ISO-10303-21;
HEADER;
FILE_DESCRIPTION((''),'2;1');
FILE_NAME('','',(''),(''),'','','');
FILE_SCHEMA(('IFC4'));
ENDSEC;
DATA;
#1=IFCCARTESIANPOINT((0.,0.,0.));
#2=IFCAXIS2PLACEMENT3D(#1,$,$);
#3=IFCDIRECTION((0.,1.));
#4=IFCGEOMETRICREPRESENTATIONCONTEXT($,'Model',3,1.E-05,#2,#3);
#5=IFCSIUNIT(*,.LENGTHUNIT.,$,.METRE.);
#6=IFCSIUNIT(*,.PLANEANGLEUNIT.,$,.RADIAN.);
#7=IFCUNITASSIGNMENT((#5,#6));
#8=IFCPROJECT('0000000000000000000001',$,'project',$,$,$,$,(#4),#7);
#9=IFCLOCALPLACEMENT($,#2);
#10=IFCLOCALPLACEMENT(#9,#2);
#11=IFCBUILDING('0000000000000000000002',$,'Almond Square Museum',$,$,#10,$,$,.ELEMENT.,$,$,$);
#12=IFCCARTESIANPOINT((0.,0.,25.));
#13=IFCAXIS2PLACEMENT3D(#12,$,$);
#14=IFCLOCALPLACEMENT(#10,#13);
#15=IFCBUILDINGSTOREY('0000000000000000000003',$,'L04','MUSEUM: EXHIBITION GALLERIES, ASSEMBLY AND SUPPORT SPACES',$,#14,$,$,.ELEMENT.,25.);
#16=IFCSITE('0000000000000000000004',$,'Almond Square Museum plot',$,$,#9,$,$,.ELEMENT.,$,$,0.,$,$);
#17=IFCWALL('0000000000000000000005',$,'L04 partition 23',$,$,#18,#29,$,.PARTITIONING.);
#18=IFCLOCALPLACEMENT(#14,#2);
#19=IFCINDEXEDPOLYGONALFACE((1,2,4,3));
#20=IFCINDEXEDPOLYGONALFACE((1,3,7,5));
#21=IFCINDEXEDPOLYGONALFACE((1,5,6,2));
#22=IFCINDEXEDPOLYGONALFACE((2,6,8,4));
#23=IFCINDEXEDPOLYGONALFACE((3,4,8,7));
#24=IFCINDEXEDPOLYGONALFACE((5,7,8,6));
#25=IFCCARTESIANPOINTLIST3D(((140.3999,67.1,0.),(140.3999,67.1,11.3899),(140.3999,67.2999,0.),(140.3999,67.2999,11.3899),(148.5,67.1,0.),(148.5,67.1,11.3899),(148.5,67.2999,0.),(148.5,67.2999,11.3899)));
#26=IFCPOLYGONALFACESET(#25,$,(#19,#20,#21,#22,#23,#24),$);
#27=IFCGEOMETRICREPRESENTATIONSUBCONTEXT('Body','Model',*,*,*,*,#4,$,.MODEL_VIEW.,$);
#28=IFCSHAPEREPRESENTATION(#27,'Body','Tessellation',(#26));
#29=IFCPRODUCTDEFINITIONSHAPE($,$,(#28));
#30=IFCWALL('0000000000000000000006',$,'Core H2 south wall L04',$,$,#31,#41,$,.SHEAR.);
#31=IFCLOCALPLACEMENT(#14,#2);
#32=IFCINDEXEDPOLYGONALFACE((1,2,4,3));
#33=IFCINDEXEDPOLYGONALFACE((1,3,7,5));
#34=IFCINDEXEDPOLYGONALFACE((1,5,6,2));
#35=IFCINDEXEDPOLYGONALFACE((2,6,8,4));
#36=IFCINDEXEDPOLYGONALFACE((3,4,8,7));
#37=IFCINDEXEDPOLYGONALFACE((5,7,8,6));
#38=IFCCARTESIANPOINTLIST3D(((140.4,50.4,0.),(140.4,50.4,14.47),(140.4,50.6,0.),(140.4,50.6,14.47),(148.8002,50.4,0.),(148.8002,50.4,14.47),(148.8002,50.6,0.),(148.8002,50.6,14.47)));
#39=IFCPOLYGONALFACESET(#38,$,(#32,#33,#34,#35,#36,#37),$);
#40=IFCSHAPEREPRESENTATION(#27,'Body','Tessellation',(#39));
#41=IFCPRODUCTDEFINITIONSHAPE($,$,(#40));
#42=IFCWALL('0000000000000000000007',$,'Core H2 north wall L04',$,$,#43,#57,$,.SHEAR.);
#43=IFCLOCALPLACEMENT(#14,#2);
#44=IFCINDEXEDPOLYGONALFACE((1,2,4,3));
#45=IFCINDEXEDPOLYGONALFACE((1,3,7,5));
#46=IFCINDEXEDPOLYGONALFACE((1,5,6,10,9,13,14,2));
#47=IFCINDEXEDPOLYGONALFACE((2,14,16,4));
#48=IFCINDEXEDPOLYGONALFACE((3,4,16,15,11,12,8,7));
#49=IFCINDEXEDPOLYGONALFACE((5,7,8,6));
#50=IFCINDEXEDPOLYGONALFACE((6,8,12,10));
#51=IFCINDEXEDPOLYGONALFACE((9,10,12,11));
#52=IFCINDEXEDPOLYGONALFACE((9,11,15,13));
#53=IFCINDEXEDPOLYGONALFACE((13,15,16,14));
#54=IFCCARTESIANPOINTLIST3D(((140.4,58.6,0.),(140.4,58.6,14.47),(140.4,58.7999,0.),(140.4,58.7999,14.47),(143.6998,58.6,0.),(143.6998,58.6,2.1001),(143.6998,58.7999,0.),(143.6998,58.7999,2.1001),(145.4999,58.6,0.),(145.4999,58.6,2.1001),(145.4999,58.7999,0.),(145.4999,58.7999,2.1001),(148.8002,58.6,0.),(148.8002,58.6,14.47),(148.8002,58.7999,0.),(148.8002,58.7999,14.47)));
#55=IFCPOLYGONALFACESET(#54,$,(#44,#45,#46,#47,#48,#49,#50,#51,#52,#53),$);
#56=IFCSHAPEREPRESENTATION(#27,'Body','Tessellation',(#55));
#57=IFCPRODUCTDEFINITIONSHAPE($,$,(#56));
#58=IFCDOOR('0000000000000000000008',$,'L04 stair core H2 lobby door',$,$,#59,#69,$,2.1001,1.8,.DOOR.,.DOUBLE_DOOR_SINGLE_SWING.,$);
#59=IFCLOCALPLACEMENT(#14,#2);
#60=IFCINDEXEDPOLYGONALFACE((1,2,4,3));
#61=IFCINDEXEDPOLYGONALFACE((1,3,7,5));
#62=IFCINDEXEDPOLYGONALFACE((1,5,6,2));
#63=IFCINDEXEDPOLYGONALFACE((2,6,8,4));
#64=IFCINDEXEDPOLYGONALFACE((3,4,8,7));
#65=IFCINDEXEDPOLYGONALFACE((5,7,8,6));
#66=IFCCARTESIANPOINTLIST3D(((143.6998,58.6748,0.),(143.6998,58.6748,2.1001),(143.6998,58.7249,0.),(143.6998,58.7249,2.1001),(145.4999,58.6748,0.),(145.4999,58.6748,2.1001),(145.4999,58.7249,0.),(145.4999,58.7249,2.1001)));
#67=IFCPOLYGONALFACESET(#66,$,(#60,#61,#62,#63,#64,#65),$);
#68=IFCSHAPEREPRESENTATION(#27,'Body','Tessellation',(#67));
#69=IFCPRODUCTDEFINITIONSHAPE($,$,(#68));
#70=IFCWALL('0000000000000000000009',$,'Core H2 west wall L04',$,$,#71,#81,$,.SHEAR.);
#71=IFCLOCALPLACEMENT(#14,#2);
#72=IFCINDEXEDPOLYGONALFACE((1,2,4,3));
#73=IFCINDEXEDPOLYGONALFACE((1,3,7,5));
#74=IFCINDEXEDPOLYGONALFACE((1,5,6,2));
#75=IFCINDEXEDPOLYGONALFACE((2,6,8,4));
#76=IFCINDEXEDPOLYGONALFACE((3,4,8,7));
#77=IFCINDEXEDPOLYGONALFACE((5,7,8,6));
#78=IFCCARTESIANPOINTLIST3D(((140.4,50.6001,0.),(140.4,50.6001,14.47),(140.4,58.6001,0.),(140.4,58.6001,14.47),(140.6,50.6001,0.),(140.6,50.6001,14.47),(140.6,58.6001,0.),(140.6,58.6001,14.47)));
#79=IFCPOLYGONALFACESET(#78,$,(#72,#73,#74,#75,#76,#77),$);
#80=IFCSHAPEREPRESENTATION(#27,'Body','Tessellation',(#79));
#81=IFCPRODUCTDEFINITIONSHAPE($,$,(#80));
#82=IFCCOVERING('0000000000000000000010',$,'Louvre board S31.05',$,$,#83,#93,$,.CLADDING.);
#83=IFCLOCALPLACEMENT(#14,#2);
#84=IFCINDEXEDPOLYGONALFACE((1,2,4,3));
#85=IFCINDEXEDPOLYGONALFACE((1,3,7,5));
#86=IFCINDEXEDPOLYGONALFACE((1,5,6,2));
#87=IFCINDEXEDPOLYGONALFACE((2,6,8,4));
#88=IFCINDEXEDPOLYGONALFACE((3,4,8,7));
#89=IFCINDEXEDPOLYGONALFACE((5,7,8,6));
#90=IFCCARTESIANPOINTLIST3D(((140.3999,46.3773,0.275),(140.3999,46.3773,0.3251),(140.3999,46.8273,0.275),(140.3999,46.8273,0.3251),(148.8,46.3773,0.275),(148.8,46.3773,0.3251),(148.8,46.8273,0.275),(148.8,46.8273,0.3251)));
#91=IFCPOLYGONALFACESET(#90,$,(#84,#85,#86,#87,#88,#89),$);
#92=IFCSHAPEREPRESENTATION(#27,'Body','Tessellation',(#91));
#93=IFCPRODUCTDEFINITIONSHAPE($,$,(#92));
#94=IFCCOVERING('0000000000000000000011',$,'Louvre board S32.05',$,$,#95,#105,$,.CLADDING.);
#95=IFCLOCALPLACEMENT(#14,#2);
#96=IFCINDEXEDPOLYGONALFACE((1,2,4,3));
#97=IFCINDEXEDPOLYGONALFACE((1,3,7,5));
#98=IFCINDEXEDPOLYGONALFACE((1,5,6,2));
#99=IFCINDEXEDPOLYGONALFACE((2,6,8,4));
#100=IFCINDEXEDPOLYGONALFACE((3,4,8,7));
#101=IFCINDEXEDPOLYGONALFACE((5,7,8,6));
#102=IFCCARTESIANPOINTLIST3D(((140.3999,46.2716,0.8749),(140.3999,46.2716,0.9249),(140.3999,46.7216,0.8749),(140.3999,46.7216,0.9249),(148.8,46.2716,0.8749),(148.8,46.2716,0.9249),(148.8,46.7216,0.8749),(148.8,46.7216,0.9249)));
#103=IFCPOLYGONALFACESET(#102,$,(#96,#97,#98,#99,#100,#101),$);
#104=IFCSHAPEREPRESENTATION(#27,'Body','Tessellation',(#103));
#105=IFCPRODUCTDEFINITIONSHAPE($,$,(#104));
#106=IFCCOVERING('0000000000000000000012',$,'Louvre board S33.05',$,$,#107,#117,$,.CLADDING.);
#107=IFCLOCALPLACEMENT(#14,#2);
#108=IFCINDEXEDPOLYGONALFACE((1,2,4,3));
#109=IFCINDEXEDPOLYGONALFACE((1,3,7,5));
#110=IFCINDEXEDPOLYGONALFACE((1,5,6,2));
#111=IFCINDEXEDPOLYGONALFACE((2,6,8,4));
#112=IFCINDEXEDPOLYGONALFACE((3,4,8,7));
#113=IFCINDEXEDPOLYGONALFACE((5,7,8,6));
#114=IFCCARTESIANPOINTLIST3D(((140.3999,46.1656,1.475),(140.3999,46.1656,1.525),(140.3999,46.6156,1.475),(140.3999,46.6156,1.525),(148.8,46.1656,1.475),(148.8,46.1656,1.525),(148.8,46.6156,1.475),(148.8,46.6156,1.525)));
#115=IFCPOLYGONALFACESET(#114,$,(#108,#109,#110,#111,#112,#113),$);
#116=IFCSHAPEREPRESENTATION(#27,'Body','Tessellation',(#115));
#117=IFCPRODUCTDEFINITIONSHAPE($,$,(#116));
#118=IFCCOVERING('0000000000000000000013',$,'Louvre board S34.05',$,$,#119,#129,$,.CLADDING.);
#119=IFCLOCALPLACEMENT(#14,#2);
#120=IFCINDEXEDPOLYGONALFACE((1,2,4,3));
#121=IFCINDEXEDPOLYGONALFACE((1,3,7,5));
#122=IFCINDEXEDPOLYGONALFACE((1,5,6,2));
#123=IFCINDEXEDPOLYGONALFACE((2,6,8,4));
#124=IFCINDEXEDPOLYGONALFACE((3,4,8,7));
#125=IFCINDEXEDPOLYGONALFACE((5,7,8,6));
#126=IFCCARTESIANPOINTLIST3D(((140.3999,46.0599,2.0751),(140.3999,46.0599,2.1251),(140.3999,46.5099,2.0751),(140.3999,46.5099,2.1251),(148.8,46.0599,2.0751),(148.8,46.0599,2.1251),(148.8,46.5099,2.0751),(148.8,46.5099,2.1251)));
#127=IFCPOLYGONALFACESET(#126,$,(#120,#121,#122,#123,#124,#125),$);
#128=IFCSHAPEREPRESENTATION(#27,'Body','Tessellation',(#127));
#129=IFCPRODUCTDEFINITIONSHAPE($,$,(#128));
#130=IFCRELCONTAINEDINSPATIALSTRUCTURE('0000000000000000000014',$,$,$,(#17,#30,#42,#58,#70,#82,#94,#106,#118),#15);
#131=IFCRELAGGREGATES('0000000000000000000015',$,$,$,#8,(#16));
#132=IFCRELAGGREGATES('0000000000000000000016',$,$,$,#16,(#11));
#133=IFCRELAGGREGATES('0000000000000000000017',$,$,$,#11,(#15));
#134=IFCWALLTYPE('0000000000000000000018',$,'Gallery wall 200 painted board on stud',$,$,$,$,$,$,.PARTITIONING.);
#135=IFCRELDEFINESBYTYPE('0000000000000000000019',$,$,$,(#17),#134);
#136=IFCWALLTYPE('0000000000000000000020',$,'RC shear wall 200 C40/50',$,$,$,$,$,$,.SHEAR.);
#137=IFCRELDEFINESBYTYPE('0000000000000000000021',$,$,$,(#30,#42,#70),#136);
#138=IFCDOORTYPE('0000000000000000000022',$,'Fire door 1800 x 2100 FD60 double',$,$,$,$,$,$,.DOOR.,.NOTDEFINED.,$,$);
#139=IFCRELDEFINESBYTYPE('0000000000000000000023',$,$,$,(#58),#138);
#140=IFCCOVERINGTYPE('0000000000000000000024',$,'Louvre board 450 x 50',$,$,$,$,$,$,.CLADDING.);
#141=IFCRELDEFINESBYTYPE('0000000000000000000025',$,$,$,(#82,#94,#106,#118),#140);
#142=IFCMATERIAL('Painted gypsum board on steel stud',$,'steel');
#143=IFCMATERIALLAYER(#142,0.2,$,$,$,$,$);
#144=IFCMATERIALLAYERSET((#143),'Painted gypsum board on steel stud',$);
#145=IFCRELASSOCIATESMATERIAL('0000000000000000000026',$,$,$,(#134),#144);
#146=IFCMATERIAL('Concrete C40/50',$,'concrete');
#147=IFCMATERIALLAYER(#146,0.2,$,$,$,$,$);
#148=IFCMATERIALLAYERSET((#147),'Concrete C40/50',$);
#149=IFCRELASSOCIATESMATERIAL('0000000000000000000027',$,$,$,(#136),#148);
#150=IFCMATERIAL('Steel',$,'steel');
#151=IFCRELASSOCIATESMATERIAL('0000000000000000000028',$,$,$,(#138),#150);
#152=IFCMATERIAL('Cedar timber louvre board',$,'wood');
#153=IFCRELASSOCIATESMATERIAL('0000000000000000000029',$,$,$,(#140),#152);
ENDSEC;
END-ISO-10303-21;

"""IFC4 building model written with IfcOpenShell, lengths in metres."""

from ifc_helpers import new_model, si_unit, direction, frame, frame_2d, origin, origin_2d, place, context, subcontext, project, spatial, rectangle, extrude, material, layer, layer_set, material_profile, profile_set, type_object, element, fill, save


model = new_model("IFC4")

# Units and contexts
model_context = context("Model", 3, precision=1e-05, world=origin(), true_north=direction((0.0, 1.0)))
body_context = subcontext(model_context, "Body", "Model", "MODEL_VIEW")
ifc_project = project(units=[si_unit("LENGTHUNIT", "METRE"), si_unit("PLANEANGLEUNIT", "RADIAN")], contexts=[model_context])

# Site, building, storey
site_placement = place(None, origin())
site = spatial("IfcSite", under=ifc_project, at=site_placement, Name="Almond Square Museum plot", CompositionType="ELEMENT", RefElevation=0.0)
building_placement = place(site_placement, origin())
building = spatial("IfcBuilding", under=site, at=building_placement, Name="Almond Square Museum", CompositionType="ELEMENT")
storey_placement = place(building_placement, frame((0.0, 0.0, 25.0)))
storey = spatial("IfcBuildingStorey", under=building, at=storey_placement, Name="L04", Description="MUSEUM: EXHIBITION GALLERIES, ASSEMBLY AND SUPPORT SPACES", CompositionType="ELEMENT", Elevation=25.0)

# Shared definitions
ifc_material_1 = material(Name="Painted gypsum board on steel stud", Category="steel")
ifc_layer_1 = layer(ifc_material_1, 0.2)
ifc_layer_set_1 = layer_set([ifc_layer_1], Name="Painted gypsum board on steel stud")
wall_type_1 = type_object("IfcWallType", Name="Gallery wall 200 painted board on stud", PredefinedType="PARTITIONING", material=ifc_layer_set_1)

# Walls
wall_1_placement = place(storey_placement, frame((140.3999, 67.2, 0.0), z_axis=(0.0, 0.0, 1.0), x_axis=(1.0, 0.0, 0.0)))
element("IfcWall", 1, at=wall_1_placement, inside=storey, type_object=wall_type_1, Name="L04 partition 23", PredefinedType="PARTITIONING", context=body_context, shape_type="SweptSolid", body=[
    extrude(rectangle(XDim=8.1001, YDim=0.2, at=frame_2d((4.05, 0.0))), origin(), (0.0, 0.0, 1.0), 11.3899),
])
ifc_material_2 = material(Name="Concrete C40/50", Category="concrete")
ifc_layer_2 = layer(ifc_material_2, 0.2)
ifc_layer_set_2 = layer_set([ifc_layer_2], Name="Concrete C40/50")
wall_type_2 = type_object("IfcWallType", Name="RC shear wall 200 C40/50", PredefinedType="SHEAR", material=ifc_layer_set_2)
wall_2_placement = place(storey_placement, frame((140.3999, 50.5, 0.0), z_axis=(0.0, 0.0, 1.0), x_axis=(1.0, 0.0, 0.0)))
element("IfcWall", 2, at=wall_2_placement, inside=storey, type_object=wall_type_2, Name="Core H2 south wall L04", PredefinedType="SHEAR", context=body_context, shape_type="SweptSolid", body=[
    extrude(rectangle(XDim=8.4001, YDim=0.2, at=frame_2d((4.2002, 0.0))), origin(), (0.0, 0.0, 1.0), 14.47),
])

# Wall, opening, door
wall_3_placement = place(storey_placement, frame((140.3999, 58.7, 0.0), z_axis=(0.0, 0.0, 1.0), x_axis=(1.0, 0.0, 0.0)))
wall_3 = element("IfcWall", 3, at=wall_3_placement, inside=storey, type_object=wall_type_2, Name="Core H2 north wall L04", PredefinedType="SHEAR", context=body_context, shape_type="SweptSolid", body=[
    extrude(rectangle(XDim=8.4001, YDim=0.2, at=frame_2d((4.2002, 0.0))), origin(), (0.0, 0.0, 1.0), 14.47),
])
opening_1_placement = place(wall_3_placement, frame((3.3, 0.0, 0.0)))
opening_1 = element("IfcOpeningElement", 4, at=opening_1_placement, cuts=wall_3, PredefinedType="OPENING", context=body_context, shape_type="SweptSolid", body=[
    extrude(rectangle(XDim=1.8, YDim=2.1001, at=frame_2d((0.8999, 1.05))), frame((0.0, 0.1099, 0.0), z_axis=(0.0, -1.0, 0.0), x_axis=(1.0, 0.0, 0.0)), (0.0, 0.0, 1.0), 0.22),
])
ifc_material_3 = material(Name="Steel", Category="steel")
door_type_1 = type_object("IfcDoorType", Name="Fire door 1800 x 2100 FD60 double", OperationType="NOTDEFINED", PredefinedType="DOOR", material=ifc_material_3)
door_1_placement = place(opening_1_placement, origin())
door_1 = element("IfcDoor", 5, at=door_1_placement, inside=storey, type_object=door_type_1, Name="L04 stair core H2 lobby door", OperationType="DOUBLE_DOOR_SINGLE_SWING", OverallHeight=2.1001, OverallWidth=1.8, PredefinedType="DOOR", context=body_context, shape_type="SweptSolid", body=[
    extrude(rectangle(XDim=1.8, YDim=2.1001, at=frame_2d((0.8999, 1.05))), frame((0.0, 0.0249, 0.0), z_axis=(0.0, -1.0, 0.0), x_axis=(1.0, 0.0, 0.0)), (0.0, 0.0, 1.0), 0.05),
])
fill(opening_1, door_1)

# Wall
wall_4_placement = place(storey_placement, frame((140.5, 50.6001, 0.0), z_axis=(0.0, 0.0, 1.0), x_axis=(0.0, 1.0, 0.0)))
element("IfcWall", 6, at=wall_4_placement, inside=storey, type_object=wall_type_2, Name="Core H2 west wall L04", PredefinedType="SHEAR", context=body_context, shape_type="SweptSolid", body=[
    extrude(rectangle(XDim=8.0, YDim=0.2, at=frame_2d((4.0, 0.0))), origin(), (0.0, 0.0, 1.0), 14.47),
])

# Coverings
ifc_material_4 = material(Name="Cedar timber louvre board", Category="wood")
ifc_material_profile_1 = material_profile(ifc_material_4, rectangle(XDim=0.45, YDim=0.05, at=origin_2d()))
ifc_profile_set_1 = profile_set([ifc_material_profile_1], Name="Cedar timber louvre board")
covering_type_1 = type_object("IfcCoveringType", Name="Louvre board 450 x 50", PredefinedType="CLADDING", material=ifc_profile_set_1)
for number, where, z_axis, x_axis, name in (
    (7, (140.3999, 46.6023, 0.3), (1.0, 0.0, 0.0), (0.0, 1.0, 0.0), "Louvre board S31.05"),
    (8, (140.3999, 46.4966, 0.8999), (1.0, 0.0, 0.0), (0.0, 1.0, 0.0), "Louvre board S32.05"),
    (9, (140.3999, 46.3906, 1.5), (1.0, 0.0, 0.0), (0.0, 1.0, 0.0), "Louvre board S33.05"),
    (10, (140.3999, 46.2849, 2.1001), (1.0, 0.0, 0.0), (0.0, 1.0, 0.0), "Louvre board S34.05"),
):
    element("IfcCovering", number, at=place(storey_placement, frame(where, z_axis=z_axis, x_axis=x_axis)), inside=storey, type_object=covering_type_1, Name=name, PredefinedType="CLADDING", context=body_context, shape_type="SweptSolid", body=[
        extrude(rectangle(XDim=0.45, YDim=0.05, at=origin_2d()), origin(), (0.0, 0.0, 1.0), 8.4001),
    ])

save(model, "model.ifc")
